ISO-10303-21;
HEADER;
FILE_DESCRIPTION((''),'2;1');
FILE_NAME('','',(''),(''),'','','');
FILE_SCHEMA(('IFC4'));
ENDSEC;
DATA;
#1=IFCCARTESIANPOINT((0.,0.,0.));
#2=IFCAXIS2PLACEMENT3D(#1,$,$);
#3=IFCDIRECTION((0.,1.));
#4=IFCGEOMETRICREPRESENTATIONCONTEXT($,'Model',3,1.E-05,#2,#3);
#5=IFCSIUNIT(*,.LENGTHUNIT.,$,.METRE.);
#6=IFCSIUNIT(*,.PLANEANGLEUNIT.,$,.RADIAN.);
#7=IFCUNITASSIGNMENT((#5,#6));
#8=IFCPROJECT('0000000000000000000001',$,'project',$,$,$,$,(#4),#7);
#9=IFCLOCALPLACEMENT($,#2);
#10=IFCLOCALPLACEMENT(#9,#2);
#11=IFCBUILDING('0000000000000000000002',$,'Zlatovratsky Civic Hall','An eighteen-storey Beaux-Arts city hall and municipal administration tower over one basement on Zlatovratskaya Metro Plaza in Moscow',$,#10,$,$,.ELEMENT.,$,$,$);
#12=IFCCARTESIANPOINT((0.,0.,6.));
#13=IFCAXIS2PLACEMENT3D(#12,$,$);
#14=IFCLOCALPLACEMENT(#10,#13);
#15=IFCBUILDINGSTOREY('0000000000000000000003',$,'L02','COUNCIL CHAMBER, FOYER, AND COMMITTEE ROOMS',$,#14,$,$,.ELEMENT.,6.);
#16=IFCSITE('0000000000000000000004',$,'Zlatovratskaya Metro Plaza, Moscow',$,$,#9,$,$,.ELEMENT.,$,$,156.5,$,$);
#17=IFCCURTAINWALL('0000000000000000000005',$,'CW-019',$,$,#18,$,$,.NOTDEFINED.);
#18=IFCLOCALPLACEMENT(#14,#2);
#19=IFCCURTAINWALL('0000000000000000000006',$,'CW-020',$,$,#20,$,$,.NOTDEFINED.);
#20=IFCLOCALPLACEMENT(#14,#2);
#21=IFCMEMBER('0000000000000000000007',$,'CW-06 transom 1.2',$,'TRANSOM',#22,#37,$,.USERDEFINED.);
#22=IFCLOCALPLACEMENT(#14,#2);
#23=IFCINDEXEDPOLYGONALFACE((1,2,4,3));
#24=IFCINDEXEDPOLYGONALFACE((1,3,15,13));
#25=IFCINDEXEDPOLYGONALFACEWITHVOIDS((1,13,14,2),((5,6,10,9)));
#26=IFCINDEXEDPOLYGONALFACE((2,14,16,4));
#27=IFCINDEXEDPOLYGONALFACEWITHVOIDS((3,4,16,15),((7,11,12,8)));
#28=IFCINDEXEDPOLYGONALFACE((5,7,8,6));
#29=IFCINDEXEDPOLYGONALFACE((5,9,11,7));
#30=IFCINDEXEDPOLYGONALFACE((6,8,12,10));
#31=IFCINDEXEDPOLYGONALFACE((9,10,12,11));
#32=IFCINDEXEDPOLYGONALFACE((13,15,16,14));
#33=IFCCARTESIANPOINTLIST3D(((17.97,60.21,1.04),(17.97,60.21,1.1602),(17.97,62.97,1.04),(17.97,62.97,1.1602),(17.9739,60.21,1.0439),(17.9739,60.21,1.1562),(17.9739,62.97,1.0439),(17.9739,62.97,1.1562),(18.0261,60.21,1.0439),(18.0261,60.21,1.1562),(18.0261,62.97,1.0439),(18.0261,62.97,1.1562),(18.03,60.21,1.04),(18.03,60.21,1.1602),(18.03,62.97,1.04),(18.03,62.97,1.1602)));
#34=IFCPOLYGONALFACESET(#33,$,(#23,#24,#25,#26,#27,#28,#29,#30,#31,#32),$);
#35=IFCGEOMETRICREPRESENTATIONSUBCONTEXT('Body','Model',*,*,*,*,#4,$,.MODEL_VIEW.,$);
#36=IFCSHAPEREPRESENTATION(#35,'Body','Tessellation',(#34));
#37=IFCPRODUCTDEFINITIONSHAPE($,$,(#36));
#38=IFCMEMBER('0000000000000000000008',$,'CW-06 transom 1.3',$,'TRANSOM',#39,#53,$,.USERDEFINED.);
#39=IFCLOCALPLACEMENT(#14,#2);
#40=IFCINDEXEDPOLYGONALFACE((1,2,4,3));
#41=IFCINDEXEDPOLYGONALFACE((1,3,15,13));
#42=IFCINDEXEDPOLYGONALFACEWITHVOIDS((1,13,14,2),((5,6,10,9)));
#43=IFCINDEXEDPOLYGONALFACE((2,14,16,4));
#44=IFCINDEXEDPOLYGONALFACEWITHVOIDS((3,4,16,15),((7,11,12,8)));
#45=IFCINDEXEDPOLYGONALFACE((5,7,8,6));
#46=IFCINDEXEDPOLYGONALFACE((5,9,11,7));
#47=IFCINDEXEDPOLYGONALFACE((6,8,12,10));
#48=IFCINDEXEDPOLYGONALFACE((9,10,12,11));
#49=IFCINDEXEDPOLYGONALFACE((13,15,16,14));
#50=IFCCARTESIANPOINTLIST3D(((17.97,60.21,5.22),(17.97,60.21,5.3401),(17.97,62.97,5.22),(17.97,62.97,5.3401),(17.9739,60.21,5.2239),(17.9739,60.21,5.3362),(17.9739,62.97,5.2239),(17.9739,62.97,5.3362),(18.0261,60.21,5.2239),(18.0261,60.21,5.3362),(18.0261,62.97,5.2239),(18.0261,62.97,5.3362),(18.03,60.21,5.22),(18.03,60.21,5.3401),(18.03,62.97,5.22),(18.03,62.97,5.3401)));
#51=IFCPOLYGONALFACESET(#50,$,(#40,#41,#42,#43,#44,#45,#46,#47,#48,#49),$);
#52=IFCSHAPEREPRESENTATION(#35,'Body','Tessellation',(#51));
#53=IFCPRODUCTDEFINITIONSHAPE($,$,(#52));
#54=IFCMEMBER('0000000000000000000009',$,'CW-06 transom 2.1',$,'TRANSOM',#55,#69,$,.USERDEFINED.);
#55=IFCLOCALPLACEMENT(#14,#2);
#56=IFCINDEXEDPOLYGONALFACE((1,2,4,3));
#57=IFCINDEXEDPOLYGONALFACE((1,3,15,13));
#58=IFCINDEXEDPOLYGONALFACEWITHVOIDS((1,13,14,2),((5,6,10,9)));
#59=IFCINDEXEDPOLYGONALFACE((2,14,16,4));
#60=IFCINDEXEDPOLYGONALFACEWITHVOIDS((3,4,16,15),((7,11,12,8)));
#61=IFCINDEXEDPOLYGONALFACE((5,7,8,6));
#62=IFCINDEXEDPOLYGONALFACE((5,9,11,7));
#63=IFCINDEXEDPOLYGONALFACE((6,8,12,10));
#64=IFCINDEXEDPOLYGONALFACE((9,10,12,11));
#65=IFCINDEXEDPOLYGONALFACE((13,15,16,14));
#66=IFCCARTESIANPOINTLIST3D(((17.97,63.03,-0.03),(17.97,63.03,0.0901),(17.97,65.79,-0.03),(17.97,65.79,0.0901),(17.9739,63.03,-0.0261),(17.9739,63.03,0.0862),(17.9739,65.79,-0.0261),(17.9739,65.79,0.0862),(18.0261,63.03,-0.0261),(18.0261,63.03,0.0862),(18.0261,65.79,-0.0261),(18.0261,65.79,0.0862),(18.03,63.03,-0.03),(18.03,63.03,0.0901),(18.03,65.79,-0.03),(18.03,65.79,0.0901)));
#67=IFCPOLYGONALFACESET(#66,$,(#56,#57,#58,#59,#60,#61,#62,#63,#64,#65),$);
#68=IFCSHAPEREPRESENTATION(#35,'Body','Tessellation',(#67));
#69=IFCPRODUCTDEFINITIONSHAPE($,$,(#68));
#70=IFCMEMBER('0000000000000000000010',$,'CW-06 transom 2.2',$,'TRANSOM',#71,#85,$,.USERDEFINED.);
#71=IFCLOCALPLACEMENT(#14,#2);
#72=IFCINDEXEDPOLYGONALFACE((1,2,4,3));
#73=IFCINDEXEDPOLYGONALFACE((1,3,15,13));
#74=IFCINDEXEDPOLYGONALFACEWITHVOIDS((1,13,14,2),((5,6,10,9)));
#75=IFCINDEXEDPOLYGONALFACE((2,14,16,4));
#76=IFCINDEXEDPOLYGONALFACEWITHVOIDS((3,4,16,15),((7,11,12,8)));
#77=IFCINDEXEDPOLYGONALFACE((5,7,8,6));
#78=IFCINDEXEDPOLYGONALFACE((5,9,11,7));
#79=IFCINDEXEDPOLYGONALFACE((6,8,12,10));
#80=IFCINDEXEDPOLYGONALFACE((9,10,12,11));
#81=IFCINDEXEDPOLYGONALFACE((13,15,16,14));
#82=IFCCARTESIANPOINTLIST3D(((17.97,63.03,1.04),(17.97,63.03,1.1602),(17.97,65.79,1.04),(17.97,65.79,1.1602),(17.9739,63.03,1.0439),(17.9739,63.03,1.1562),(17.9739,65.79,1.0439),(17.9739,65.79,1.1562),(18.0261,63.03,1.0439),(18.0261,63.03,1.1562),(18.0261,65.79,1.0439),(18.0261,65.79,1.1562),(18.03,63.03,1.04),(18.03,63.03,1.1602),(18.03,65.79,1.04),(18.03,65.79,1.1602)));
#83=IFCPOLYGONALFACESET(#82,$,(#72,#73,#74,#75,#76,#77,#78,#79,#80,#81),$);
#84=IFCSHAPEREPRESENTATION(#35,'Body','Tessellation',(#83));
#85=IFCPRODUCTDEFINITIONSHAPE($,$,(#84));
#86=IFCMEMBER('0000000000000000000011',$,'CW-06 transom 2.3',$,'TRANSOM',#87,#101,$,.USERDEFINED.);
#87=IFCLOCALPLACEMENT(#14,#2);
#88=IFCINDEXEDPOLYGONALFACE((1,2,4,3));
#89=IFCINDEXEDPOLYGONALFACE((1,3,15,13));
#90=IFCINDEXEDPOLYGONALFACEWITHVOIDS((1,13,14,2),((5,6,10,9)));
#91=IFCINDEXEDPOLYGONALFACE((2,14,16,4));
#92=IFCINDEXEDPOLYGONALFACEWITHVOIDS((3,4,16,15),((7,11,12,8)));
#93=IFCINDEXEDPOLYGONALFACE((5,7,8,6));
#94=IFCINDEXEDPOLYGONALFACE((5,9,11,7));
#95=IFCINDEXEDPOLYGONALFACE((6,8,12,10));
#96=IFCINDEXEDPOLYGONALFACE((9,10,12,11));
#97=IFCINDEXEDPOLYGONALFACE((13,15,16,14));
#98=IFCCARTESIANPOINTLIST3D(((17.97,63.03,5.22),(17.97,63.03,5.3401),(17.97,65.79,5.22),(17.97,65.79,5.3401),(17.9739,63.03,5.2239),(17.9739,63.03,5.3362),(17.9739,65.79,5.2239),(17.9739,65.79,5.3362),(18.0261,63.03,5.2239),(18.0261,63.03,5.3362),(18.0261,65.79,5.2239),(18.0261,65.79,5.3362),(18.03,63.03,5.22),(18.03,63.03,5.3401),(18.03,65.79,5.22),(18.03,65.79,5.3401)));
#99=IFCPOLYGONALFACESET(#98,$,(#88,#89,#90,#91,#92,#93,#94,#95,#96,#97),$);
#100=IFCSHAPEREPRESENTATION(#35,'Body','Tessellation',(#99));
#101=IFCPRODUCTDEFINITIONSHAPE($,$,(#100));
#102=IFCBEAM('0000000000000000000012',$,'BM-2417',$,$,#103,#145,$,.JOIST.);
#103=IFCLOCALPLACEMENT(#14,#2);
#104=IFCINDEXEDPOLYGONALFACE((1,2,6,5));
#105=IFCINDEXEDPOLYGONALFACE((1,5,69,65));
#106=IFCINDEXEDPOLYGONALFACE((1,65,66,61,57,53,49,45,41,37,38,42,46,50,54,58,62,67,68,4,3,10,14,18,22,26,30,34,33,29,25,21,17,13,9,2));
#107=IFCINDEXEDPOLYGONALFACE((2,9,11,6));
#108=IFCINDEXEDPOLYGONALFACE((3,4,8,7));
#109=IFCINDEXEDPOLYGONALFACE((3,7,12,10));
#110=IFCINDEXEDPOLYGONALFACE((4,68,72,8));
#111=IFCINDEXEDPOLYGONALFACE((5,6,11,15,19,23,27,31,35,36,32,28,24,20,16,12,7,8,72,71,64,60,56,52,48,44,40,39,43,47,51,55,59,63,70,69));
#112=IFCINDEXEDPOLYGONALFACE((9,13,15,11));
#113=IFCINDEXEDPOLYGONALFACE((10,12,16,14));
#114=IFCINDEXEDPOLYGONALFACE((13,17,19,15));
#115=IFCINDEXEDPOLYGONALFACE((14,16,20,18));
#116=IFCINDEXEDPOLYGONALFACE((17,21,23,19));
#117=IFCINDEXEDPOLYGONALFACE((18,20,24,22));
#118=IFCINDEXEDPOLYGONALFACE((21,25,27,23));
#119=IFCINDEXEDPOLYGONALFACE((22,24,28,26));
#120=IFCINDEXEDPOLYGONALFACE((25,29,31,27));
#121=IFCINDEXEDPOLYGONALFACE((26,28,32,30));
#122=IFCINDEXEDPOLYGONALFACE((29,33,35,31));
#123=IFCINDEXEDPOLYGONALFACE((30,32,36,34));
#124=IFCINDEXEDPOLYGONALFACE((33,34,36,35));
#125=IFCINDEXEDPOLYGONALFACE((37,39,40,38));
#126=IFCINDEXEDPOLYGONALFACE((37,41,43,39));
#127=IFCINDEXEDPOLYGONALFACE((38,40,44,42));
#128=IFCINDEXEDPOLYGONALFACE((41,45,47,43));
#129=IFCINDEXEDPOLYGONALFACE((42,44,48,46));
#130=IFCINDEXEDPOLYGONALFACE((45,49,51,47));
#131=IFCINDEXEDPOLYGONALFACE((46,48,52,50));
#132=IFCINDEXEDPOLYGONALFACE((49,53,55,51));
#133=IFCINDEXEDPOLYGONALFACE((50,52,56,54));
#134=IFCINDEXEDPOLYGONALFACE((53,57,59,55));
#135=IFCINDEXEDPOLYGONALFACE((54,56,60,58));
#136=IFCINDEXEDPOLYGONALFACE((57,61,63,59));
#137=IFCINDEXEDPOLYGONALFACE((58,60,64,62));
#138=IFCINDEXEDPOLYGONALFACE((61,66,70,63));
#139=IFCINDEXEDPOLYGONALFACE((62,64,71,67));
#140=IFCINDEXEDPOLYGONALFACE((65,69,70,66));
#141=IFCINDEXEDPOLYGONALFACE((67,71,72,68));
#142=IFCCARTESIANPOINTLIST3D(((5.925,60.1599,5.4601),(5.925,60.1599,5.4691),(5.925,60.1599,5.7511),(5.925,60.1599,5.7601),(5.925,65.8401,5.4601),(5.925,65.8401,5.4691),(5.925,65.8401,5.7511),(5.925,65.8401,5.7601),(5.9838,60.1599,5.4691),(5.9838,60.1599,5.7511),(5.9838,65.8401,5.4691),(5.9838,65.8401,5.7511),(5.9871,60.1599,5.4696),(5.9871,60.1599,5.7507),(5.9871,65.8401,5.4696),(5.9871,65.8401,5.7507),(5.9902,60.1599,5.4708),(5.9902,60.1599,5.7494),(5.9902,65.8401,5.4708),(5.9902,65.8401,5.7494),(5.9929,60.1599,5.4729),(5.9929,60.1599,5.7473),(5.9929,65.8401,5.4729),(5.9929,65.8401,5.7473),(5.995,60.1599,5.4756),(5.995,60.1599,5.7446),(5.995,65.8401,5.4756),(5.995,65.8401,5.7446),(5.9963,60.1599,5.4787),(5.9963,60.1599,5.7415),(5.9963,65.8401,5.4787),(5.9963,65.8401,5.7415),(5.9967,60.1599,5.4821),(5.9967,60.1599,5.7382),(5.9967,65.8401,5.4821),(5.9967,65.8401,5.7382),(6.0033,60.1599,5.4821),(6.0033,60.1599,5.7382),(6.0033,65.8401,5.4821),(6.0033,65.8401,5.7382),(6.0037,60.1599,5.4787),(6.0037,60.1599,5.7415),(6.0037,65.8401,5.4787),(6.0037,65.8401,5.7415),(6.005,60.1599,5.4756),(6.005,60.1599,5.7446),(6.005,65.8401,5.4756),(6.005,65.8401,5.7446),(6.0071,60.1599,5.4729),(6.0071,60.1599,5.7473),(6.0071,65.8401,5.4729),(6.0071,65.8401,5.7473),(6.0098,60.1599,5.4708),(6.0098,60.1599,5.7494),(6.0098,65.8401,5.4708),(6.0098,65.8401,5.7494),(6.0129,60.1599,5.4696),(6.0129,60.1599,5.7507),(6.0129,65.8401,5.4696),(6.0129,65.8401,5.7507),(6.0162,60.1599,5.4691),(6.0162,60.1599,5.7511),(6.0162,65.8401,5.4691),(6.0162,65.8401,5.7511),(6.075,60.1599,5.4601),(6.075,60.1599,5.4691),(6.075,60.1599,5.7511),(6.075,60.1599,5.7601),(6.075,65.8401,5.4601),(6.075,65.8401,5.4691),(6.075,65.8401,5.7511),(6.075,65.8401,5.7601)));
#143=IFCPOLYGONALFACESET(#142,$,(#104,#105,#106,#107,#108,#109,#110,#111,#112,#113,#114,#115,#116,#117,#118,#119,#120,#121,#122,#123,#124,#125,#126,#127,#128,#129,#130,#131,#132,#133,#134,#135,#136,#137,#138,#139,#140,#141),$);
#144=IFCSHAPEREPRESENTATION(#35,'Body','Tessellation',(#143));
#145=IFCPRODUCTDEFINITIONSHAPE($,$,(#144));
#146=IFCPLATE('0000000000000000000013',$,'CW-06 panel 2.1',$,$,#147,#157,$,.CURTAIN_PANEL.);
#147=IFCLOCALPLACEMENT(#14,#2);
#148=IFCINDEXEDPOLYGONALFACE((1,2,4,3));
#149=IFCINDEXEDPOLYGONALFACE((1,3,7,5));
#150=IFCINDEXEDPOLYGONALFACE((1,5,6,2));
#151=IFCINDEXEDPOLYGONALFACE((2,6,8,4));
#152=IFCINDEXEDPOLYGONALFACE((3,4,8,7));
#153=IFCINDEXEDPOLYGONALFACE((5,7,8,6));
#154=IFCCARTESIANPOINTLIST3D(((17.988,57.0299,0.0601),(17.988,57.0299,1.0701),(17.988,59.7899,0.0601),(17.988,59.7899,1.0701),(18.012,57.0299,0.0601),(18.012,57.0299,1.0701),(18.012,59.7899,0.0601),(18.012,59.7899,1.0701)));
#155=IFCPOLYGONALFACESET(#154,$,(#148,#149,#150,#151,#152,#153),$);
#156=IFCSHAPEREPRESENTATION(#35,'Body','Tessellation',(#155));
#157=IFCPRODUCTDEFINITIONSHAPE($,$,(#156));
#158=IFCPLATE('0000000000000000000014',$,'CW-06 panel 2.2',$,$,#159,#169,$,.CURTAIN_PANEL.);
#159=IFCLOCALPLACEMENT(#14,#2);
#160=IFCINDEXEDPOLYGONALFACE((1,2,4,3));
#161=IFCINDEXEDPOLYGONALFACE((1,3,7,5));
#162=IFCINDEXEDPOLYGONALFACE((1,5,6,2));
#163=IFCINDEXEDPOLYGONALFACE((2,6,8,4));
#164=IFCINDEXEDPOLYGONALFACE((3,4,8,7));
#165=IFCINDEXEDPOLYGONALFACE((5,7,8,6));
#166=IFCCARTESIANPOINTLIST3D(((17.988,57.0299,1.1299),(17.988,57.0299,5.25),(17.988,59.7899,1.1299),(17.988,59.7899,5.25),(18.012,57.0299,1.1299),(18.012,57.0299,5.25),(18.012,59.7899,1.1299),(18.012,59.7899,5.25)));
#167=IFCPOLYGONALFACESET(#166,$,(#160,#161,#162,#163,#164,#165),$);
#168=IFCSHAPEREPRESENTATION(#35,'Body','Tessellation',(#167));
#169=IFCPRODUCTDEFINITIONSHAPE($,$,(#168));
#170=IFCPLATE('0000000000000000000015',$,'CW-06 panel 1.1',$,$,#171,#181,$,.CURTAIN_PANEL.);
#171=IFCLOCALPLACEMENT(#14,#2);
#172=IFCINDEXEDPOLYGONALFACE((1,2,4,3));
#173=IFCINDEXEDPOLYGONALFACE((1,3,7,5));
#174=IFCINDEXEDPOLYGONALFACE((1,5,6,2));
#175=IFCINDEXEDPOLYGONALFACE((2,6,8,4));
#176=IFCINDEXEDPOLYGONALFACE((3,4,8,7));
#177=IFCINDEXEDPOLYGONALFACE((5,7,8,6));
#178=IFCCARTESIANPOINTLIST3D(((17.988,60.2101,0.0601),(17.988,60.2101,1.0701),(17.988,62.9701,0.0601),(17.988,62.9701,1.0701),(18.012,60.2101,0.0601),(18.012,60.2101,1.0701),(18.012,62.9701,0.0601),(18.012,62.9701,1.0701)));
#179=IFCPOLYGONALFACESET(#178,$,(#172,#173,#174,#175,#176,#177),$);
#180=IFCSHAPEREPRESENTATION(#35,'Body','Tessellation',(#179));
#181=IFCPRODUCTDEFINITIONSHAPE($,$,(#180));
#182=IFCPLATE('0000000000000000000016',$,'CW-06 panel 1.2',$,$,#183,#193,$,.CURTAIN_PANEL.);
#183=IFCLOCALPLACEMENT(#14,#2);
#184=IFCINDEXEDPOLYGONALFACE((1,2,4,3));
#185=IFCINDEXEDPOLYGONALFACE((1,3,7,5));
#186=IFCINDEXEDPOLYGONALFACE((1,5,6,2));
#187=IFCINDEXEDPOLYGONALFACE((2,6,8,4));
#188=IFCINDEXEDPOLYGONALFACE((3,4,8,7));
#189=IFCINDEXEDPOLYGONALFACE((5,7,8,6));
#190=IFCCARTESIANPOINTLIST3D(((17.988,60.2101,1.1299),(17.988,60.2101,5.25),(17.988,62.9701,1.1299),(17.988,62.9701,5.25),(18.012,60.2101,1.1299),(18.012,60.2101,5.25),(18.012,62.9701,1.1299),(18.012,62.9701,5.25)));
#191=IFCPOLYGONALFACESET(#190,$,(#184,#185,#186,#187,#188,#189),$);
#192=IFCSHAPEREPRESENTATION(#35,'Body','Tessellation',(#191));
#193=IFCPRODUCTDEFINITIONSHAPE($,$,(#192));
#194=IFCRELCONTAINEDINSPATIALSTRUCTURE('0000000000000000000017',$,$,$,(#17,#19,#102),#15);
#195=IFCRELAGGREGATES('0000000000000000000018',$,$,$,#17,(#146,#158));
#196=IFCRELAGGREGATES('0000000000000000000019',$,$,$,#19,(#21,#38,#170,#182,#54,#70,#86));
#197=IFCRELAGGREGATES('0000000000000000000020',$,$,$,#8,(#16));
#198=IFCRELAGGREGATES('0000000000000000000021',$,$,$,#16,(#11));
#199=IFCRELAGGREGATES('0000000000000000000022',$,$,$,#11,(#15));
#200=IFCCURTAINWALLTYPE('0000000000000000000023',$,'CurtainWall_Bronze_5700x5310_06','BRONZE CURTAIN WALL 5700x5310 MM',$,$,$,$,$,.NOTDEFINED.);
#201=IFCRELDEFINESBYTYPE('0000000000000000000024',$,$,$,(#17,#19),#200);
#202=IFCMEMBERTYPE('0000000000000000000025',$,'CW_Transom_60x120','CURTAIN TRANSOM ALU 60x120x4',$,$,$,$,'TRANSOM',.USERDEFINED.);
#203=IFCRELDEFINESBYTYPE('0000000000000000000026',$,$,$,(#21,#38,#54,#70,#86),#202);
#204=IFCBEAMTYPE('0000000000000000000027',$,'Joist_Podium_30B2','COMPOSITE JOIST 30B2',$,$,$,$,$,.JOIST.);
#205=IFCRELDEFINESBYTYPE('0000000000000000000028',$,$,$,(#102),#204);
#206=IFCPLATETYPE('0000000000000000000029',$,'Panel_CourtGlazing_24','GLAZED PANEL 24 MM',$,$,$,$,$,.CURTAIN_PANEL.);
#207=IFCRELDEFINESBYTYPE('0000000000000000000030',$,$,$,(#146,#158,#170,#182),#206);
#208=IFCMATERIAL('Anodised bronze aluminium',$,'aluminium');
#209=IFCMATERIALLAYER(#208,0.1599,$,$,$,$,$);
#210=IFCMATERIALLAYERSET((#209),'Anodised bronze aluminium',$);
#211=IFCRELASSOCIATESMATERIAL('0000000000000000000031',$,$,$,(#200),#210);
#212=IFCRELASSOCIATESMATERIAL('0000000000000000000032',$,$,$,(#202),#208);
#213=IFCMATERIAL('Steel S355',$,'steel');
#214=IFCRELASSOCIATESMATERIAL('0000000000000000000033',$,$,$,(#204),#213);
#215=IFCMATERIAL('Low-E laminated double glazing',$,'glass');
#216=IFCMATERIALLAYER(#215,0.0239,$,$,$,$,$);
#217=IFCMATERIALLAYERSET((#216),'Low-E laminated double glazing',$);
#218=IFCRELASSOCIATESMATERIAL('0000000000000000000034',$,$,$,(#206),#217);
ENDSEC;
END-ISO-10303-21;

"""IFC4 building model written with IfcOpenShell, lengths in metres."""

from ifc_helpers import new_model, si_unit, direction, frame, origin, origin_2d, place, context, subcontext, project, spatial, rectangle, hollow_rectangle, i_section, extrude, material, layer, layer_set, material_profile, profile_set, type_object, element, aggregate, save


model = new_model("IFC4")

# Units and contexts
model_context = context("Model", 3, precision=1e-05, world=origin(), true_north=direction((0.0, 1.0)))
body_context = subcontext(model_context, "Body", "Model", "MODEL_VIEW")
ifc_project = project(units=[si_unit("LENGTHUNIT", "METRE"), si_unit("PLANEANGLEUNIT", "RADIAN")], contexts=[model_context])

# Site, building, storey
site_placement = place(None, origin())
site = spatial("IfcSite", under=ifc_project, at=site_placement, Name="Zlatovratskaya Metro Plaza, Moscow", CompositionType="ELEMENT", RefElevation=156.5)
building_placement = place(site_placement, origin())
building = spatial("IfcBuilding", under=site, at=building_placement, Name="Zlatovratsky Civic Hall", Description="An eighteen-storey Beaux-Arts city hall and municipal administration tower over one basement on Zlatovratskaya Metro Plaza in Moscow", CompositionType="ELEMENT")
storey_placement = place(building_placement, frame((0.0, 0.0, 6.0)))
storey = spatial("IfcBuildingStorey", under=building, at=storey_placement, Name="L02", Description="COUNCIL CHAMBER, FOYER, AND COMMITTEE ROOMS", CompositionType="ELEMENT", Elevation=6.0)

# Shared definitions
ifc_material_1 = material(Name="Steel S355", Category="steel")

# Curtain wall
ifc_material_2 = material(Name="Anodised bronze aluminium", Category="aluminium")
ifc_layer_1 = layer(ifc_material_2, 0.1599)
ifc_layer_set_1 = layer_set([ifc_layer_1], Name="Anodised bronze aluminium")
curtain_wall_type = type_object("IfcCurtainWallType", Name="CurtainWall_Bronze_5700x5310_06", Description="BRONZE CURTAIN WALL 5700x5310 MM", PredefinedType="NOTDEFINED", material=ifc_layer_set_1)
curtain_wall_1_placement = place(storey_placement, origin())
curtain_wall_1 = element("IfcCurtainWall", 1, at=curtain_wall_1_placement, inside=storey, type_object=curtain_wall_type, Name="CW-019", PredefinedType="NOTDEFINED")

# Curtain wall
curtain_wall_2_placement = place(storey_placement, origin())
curtain_wall_2 = element("IfcCurtainWall", 2, at=curtain_wall_2_placement, inside=storey, type_object=curtain_wall_type, Name="CW-020", PredefinedType="NOTDEFINED")

# Members
ifc_material_profile_1 = material_profile(ifc_material_2, hollow_rectangle(XDim=0.0601, YDim=0.1201, WallThickness=0.0039, at=origin_2d()), Name="ALU 60x120x4")
ifc_profile_set_1 = profile_set([ifc_material_profile_1], Name="Anodised bronze aluminium")
member_type_1 = type_object("IfcMemberType", Name="CW_Transom_60x120", Description="CURTAIN TRANSOM ALU 60x120x4", ElementType="TRANSOM", PredefinedType="USERDEFINED", material=ifc_profile_set_1)
member_1_placement = place(storey_placement, frame((18.0, 60.21, 1.1001), z_axis=(0.0, 1.0, 0.0), x_axis=(-1.0, 0.0, 0.0)))
member_1 = element("IfcMember", 3, at=member_1_placement, type_object=member_type_1, Name="CW-06 transom 1.2", ObjectType="TRANSOM", PredefinedType="USERDEFINED", context=body_context, shape_type="SweptSolid", body=[
    extrude(hollow_rectangle(XDim=0.0601, YDim=0.1201, WallThickness=0.0039, at=origin_2d()), origin(), (0.0, 0.0, 1.0), 2.76),
])
member_2_placement = place(storey_placement, frame((18.0, 60.21, 5.28), z_axis=(0.0, 1.0, 0.0), x_axis=(-1.0, 0.0, 0.0)))
member_2 = element("IfcMember", 4, at=member_2_placement, type_object=member_type_1, Name="CW-06 transom 1.3", ObjectType="TRANSOM", PredefinedType="USERDEFINED", context=body_context, shape_type="SweptSolid", body=[
    extrude(hollow_rectangle(XDim=0.0601, YDim=0.1201, WallThickness=0.0039, at=origin_2d()), origin(), (0.0, 0.0, 1.0), 2.76),
])
member_3_placement = place(storey_placement, frame((18.0, 63.03, 0.03), z_axis=(0.0, 1.0, 0.0), x_axis=(-1.0, 0.0, 0.0)))
member_3 = element("IfcMember", 5, at=member_3_placement, type_object=member_type_1, Name="CW-06 transom 2.1", ObjectType="TRANSOM", PredefinedType="USERDEFINED", context=body_context, shape_type="SweptSolid", body=[
    extrude(hollow_rectangle(XDim=0.0601, YDim=0.1201, WallThickness=0.0039, at=origin_2d()), origin(), (0.0, 0.0, 1.0), 2.76),
])
member_4_placement = place(storey_placement, frame((18.0, 63.03, 1.1001), z_axis=(0.0, 1.0, 0.0), x_axis=(-1.0, 0.0, 0.0)))
member_4 = element("IfcMember", 6, at=member_4_placement, type_object=member_type_1, Name="CW-06 transom 2.2", ObjectType="TRANSOM", PredefinedType="USERDEFINED", context=body_context, shape_type="SweptSolid", body=[
    extrude(hollow_rectangle(XDim=0.0601, YDim=0.1201, WallThickness=0.0039, at=origin_2d()), origin(), (0.0, 0.0, 1.0), 2.76),
])
member_5_placement = place(storey_placement, frame((18.0, 63.03, 5.28), z_axis=(0.0, 1.0, 0.0), x_axis=(-1.0, 0.0, 0.0)))
member_5 = element("IfcMember", 7, at=member_5_placement, type_object=member_type_1, Name="CW-06 transom 2.3", ObjectType="TRANSOM", PredefinedType="USERDEFINED", context=body_context, shape_type="SweptSolid", body=[
    extrude(hollow_rectangle(XDim=0.0601, YDim=0.1201, WallThickness=0.0039, at=origin_2d()), origin(), (0.0, 0.0, 1.0), 2.76),
])

# Beam
ifc_material_profile_2 = material_profile(ifc_material_1, i_section(OverallWidth=0.1499, OverallDepth=0.3, WebThickness=0.0066, FlangeThickness=0.009, FilletRadius=0.0129, at=origin_2d()), Name="30B2")
ifc_profile_set_2 = profile_set([ifc_material_profile_2], Name="Steel S355")
beam_type_1 = type_object("IfcBeamType", Name="Joist_Podium_30B2", Description="COMPOSITE JOIST 30B2", PredefinedType="JOIST", material=ifc_profile_set_2)
beam_1_placement = place(storey_placement, frame((6.0, 60.1599, 5.6101), z_axis=(0.0, 1.0, 0.0), x_axis=(-1.0, 0.0, 0.0)))
element("IfcBeam", 8, at=beam_1_placement, inside=storey, type_object=beam_type_1, Name="BM-2417", PredefinedType="JOIST", context=body_context, shape_type="SweptSolid", body=[
    extrude(i_section(OverallWidth=0.1499, OverallDepth=0.3, WebThickness=0.0066, FlangeThickness=0.009, FilletRadius=0.0129, at=origin_2d()), origin(), (0.0, 0.0, 1.0), 5.6802),
])

# Plates
ifc_material_3 = material(Name="Low-E laminated double glazing", Category="glass")
ifc_layer_2 = layer(ifc_material_3, 0.0239)
ifc_layer_set_2 = layer_set([ifc_layer_2], Name="Low-E laminated double glazing")
plate_type = type_object("IfcPlateType", Name="Panel_CourtGlazing_24", Description="GLAZED PANEL 24 MM", PredefinedType="CURTAIN_PANEL", material=ifc_layer_set_2)
plate_1_placement = place(storey_placement, frame((18.0, 58.4099, 0.0601), z_axis=(0.0, 0.0, 1.0), x_axis=(0.0, 1.0, 0.0)))
plate_1 = element("IfcPlate", 9, at=plate_1_placement, type_object=plate_type, Name="CW-06 panel 2.1", PredefinedType="CURTAIN_PANEL", context=body_context, shape_type="SweptSolid", body=[
    extrude(rectangle(XDim=2.76, YDim=0.0239, at=origin_2d()), origin(), (0.0, 0.0, 1.0), 1.01),
])
plate_2_placement = place(storey_placement, frame((18.0, 58.4099, 1.1299), z_axis=(0.0, 0.0, 1.0), x_axis=(0.0, 1.0, 0.0)))
plate_2 = element("IfcPlate", 10, at=plate_2_placement, type_object=plate_type, Name="CW-06 panel 2.2", PredefinedType="CURTAIN_PANEL", context=body_context, shape_type="SweptSolid", body=[
    extrude(rectangle(XDim=2.76, YDim=0.0239, at=origin_2d()), origin(), (0.0, 0.0, 1.0), 4.1201),
])
aggregate(curtain_wall_1, [plate_1, plate_2])
plate_3_placement = place(storey_placement, frame((18.0, 61.5901, 0.0601), z_axis=(0.0, 0.0, 1.0), x_axis=(0.0, 1.0, 0.0)))
plate_3 = element("IfcPlate", 11, at=plate_3_placement, type_object=plate_type, Name="CW-06 panel 1.1", PredefinedType="CURTAIN_PANEL", context=body_context, shape_type="SweptSolid", body=[
    extrude(rectangle(XDim=2.76, YDim=0.0239, at=origin_2d()), origin(), (0.0, 0.0, 1.0), 1.01),
])
plate_4_placement = place(storey_placement, frame((18.0, 61.5901, 1.1299), z_axis=(0.0, 0.0, 1.0), x_axis=(0.0, 1.0, 0.0)))
plate_4 = element("IfcPlate", 12, at=plate_4_placement, type_object=plate_type, Name="CW-06 panel 1.2", PredefinedType="CURTAIN_PANEL", context=body_context, shape_type="SweptSolid", body=[
    extrude(rectangle(XDim=2.76, YDim=0.0239, at=origin_2d()), origin(), (0.0, 0.0, 1.0), 4.1201),
])
aggregate(curtain_wall_2, [member_1, member_2, plate_3, plate_4, member_3, member_4, member_5])

save(model, "model.ifc")
